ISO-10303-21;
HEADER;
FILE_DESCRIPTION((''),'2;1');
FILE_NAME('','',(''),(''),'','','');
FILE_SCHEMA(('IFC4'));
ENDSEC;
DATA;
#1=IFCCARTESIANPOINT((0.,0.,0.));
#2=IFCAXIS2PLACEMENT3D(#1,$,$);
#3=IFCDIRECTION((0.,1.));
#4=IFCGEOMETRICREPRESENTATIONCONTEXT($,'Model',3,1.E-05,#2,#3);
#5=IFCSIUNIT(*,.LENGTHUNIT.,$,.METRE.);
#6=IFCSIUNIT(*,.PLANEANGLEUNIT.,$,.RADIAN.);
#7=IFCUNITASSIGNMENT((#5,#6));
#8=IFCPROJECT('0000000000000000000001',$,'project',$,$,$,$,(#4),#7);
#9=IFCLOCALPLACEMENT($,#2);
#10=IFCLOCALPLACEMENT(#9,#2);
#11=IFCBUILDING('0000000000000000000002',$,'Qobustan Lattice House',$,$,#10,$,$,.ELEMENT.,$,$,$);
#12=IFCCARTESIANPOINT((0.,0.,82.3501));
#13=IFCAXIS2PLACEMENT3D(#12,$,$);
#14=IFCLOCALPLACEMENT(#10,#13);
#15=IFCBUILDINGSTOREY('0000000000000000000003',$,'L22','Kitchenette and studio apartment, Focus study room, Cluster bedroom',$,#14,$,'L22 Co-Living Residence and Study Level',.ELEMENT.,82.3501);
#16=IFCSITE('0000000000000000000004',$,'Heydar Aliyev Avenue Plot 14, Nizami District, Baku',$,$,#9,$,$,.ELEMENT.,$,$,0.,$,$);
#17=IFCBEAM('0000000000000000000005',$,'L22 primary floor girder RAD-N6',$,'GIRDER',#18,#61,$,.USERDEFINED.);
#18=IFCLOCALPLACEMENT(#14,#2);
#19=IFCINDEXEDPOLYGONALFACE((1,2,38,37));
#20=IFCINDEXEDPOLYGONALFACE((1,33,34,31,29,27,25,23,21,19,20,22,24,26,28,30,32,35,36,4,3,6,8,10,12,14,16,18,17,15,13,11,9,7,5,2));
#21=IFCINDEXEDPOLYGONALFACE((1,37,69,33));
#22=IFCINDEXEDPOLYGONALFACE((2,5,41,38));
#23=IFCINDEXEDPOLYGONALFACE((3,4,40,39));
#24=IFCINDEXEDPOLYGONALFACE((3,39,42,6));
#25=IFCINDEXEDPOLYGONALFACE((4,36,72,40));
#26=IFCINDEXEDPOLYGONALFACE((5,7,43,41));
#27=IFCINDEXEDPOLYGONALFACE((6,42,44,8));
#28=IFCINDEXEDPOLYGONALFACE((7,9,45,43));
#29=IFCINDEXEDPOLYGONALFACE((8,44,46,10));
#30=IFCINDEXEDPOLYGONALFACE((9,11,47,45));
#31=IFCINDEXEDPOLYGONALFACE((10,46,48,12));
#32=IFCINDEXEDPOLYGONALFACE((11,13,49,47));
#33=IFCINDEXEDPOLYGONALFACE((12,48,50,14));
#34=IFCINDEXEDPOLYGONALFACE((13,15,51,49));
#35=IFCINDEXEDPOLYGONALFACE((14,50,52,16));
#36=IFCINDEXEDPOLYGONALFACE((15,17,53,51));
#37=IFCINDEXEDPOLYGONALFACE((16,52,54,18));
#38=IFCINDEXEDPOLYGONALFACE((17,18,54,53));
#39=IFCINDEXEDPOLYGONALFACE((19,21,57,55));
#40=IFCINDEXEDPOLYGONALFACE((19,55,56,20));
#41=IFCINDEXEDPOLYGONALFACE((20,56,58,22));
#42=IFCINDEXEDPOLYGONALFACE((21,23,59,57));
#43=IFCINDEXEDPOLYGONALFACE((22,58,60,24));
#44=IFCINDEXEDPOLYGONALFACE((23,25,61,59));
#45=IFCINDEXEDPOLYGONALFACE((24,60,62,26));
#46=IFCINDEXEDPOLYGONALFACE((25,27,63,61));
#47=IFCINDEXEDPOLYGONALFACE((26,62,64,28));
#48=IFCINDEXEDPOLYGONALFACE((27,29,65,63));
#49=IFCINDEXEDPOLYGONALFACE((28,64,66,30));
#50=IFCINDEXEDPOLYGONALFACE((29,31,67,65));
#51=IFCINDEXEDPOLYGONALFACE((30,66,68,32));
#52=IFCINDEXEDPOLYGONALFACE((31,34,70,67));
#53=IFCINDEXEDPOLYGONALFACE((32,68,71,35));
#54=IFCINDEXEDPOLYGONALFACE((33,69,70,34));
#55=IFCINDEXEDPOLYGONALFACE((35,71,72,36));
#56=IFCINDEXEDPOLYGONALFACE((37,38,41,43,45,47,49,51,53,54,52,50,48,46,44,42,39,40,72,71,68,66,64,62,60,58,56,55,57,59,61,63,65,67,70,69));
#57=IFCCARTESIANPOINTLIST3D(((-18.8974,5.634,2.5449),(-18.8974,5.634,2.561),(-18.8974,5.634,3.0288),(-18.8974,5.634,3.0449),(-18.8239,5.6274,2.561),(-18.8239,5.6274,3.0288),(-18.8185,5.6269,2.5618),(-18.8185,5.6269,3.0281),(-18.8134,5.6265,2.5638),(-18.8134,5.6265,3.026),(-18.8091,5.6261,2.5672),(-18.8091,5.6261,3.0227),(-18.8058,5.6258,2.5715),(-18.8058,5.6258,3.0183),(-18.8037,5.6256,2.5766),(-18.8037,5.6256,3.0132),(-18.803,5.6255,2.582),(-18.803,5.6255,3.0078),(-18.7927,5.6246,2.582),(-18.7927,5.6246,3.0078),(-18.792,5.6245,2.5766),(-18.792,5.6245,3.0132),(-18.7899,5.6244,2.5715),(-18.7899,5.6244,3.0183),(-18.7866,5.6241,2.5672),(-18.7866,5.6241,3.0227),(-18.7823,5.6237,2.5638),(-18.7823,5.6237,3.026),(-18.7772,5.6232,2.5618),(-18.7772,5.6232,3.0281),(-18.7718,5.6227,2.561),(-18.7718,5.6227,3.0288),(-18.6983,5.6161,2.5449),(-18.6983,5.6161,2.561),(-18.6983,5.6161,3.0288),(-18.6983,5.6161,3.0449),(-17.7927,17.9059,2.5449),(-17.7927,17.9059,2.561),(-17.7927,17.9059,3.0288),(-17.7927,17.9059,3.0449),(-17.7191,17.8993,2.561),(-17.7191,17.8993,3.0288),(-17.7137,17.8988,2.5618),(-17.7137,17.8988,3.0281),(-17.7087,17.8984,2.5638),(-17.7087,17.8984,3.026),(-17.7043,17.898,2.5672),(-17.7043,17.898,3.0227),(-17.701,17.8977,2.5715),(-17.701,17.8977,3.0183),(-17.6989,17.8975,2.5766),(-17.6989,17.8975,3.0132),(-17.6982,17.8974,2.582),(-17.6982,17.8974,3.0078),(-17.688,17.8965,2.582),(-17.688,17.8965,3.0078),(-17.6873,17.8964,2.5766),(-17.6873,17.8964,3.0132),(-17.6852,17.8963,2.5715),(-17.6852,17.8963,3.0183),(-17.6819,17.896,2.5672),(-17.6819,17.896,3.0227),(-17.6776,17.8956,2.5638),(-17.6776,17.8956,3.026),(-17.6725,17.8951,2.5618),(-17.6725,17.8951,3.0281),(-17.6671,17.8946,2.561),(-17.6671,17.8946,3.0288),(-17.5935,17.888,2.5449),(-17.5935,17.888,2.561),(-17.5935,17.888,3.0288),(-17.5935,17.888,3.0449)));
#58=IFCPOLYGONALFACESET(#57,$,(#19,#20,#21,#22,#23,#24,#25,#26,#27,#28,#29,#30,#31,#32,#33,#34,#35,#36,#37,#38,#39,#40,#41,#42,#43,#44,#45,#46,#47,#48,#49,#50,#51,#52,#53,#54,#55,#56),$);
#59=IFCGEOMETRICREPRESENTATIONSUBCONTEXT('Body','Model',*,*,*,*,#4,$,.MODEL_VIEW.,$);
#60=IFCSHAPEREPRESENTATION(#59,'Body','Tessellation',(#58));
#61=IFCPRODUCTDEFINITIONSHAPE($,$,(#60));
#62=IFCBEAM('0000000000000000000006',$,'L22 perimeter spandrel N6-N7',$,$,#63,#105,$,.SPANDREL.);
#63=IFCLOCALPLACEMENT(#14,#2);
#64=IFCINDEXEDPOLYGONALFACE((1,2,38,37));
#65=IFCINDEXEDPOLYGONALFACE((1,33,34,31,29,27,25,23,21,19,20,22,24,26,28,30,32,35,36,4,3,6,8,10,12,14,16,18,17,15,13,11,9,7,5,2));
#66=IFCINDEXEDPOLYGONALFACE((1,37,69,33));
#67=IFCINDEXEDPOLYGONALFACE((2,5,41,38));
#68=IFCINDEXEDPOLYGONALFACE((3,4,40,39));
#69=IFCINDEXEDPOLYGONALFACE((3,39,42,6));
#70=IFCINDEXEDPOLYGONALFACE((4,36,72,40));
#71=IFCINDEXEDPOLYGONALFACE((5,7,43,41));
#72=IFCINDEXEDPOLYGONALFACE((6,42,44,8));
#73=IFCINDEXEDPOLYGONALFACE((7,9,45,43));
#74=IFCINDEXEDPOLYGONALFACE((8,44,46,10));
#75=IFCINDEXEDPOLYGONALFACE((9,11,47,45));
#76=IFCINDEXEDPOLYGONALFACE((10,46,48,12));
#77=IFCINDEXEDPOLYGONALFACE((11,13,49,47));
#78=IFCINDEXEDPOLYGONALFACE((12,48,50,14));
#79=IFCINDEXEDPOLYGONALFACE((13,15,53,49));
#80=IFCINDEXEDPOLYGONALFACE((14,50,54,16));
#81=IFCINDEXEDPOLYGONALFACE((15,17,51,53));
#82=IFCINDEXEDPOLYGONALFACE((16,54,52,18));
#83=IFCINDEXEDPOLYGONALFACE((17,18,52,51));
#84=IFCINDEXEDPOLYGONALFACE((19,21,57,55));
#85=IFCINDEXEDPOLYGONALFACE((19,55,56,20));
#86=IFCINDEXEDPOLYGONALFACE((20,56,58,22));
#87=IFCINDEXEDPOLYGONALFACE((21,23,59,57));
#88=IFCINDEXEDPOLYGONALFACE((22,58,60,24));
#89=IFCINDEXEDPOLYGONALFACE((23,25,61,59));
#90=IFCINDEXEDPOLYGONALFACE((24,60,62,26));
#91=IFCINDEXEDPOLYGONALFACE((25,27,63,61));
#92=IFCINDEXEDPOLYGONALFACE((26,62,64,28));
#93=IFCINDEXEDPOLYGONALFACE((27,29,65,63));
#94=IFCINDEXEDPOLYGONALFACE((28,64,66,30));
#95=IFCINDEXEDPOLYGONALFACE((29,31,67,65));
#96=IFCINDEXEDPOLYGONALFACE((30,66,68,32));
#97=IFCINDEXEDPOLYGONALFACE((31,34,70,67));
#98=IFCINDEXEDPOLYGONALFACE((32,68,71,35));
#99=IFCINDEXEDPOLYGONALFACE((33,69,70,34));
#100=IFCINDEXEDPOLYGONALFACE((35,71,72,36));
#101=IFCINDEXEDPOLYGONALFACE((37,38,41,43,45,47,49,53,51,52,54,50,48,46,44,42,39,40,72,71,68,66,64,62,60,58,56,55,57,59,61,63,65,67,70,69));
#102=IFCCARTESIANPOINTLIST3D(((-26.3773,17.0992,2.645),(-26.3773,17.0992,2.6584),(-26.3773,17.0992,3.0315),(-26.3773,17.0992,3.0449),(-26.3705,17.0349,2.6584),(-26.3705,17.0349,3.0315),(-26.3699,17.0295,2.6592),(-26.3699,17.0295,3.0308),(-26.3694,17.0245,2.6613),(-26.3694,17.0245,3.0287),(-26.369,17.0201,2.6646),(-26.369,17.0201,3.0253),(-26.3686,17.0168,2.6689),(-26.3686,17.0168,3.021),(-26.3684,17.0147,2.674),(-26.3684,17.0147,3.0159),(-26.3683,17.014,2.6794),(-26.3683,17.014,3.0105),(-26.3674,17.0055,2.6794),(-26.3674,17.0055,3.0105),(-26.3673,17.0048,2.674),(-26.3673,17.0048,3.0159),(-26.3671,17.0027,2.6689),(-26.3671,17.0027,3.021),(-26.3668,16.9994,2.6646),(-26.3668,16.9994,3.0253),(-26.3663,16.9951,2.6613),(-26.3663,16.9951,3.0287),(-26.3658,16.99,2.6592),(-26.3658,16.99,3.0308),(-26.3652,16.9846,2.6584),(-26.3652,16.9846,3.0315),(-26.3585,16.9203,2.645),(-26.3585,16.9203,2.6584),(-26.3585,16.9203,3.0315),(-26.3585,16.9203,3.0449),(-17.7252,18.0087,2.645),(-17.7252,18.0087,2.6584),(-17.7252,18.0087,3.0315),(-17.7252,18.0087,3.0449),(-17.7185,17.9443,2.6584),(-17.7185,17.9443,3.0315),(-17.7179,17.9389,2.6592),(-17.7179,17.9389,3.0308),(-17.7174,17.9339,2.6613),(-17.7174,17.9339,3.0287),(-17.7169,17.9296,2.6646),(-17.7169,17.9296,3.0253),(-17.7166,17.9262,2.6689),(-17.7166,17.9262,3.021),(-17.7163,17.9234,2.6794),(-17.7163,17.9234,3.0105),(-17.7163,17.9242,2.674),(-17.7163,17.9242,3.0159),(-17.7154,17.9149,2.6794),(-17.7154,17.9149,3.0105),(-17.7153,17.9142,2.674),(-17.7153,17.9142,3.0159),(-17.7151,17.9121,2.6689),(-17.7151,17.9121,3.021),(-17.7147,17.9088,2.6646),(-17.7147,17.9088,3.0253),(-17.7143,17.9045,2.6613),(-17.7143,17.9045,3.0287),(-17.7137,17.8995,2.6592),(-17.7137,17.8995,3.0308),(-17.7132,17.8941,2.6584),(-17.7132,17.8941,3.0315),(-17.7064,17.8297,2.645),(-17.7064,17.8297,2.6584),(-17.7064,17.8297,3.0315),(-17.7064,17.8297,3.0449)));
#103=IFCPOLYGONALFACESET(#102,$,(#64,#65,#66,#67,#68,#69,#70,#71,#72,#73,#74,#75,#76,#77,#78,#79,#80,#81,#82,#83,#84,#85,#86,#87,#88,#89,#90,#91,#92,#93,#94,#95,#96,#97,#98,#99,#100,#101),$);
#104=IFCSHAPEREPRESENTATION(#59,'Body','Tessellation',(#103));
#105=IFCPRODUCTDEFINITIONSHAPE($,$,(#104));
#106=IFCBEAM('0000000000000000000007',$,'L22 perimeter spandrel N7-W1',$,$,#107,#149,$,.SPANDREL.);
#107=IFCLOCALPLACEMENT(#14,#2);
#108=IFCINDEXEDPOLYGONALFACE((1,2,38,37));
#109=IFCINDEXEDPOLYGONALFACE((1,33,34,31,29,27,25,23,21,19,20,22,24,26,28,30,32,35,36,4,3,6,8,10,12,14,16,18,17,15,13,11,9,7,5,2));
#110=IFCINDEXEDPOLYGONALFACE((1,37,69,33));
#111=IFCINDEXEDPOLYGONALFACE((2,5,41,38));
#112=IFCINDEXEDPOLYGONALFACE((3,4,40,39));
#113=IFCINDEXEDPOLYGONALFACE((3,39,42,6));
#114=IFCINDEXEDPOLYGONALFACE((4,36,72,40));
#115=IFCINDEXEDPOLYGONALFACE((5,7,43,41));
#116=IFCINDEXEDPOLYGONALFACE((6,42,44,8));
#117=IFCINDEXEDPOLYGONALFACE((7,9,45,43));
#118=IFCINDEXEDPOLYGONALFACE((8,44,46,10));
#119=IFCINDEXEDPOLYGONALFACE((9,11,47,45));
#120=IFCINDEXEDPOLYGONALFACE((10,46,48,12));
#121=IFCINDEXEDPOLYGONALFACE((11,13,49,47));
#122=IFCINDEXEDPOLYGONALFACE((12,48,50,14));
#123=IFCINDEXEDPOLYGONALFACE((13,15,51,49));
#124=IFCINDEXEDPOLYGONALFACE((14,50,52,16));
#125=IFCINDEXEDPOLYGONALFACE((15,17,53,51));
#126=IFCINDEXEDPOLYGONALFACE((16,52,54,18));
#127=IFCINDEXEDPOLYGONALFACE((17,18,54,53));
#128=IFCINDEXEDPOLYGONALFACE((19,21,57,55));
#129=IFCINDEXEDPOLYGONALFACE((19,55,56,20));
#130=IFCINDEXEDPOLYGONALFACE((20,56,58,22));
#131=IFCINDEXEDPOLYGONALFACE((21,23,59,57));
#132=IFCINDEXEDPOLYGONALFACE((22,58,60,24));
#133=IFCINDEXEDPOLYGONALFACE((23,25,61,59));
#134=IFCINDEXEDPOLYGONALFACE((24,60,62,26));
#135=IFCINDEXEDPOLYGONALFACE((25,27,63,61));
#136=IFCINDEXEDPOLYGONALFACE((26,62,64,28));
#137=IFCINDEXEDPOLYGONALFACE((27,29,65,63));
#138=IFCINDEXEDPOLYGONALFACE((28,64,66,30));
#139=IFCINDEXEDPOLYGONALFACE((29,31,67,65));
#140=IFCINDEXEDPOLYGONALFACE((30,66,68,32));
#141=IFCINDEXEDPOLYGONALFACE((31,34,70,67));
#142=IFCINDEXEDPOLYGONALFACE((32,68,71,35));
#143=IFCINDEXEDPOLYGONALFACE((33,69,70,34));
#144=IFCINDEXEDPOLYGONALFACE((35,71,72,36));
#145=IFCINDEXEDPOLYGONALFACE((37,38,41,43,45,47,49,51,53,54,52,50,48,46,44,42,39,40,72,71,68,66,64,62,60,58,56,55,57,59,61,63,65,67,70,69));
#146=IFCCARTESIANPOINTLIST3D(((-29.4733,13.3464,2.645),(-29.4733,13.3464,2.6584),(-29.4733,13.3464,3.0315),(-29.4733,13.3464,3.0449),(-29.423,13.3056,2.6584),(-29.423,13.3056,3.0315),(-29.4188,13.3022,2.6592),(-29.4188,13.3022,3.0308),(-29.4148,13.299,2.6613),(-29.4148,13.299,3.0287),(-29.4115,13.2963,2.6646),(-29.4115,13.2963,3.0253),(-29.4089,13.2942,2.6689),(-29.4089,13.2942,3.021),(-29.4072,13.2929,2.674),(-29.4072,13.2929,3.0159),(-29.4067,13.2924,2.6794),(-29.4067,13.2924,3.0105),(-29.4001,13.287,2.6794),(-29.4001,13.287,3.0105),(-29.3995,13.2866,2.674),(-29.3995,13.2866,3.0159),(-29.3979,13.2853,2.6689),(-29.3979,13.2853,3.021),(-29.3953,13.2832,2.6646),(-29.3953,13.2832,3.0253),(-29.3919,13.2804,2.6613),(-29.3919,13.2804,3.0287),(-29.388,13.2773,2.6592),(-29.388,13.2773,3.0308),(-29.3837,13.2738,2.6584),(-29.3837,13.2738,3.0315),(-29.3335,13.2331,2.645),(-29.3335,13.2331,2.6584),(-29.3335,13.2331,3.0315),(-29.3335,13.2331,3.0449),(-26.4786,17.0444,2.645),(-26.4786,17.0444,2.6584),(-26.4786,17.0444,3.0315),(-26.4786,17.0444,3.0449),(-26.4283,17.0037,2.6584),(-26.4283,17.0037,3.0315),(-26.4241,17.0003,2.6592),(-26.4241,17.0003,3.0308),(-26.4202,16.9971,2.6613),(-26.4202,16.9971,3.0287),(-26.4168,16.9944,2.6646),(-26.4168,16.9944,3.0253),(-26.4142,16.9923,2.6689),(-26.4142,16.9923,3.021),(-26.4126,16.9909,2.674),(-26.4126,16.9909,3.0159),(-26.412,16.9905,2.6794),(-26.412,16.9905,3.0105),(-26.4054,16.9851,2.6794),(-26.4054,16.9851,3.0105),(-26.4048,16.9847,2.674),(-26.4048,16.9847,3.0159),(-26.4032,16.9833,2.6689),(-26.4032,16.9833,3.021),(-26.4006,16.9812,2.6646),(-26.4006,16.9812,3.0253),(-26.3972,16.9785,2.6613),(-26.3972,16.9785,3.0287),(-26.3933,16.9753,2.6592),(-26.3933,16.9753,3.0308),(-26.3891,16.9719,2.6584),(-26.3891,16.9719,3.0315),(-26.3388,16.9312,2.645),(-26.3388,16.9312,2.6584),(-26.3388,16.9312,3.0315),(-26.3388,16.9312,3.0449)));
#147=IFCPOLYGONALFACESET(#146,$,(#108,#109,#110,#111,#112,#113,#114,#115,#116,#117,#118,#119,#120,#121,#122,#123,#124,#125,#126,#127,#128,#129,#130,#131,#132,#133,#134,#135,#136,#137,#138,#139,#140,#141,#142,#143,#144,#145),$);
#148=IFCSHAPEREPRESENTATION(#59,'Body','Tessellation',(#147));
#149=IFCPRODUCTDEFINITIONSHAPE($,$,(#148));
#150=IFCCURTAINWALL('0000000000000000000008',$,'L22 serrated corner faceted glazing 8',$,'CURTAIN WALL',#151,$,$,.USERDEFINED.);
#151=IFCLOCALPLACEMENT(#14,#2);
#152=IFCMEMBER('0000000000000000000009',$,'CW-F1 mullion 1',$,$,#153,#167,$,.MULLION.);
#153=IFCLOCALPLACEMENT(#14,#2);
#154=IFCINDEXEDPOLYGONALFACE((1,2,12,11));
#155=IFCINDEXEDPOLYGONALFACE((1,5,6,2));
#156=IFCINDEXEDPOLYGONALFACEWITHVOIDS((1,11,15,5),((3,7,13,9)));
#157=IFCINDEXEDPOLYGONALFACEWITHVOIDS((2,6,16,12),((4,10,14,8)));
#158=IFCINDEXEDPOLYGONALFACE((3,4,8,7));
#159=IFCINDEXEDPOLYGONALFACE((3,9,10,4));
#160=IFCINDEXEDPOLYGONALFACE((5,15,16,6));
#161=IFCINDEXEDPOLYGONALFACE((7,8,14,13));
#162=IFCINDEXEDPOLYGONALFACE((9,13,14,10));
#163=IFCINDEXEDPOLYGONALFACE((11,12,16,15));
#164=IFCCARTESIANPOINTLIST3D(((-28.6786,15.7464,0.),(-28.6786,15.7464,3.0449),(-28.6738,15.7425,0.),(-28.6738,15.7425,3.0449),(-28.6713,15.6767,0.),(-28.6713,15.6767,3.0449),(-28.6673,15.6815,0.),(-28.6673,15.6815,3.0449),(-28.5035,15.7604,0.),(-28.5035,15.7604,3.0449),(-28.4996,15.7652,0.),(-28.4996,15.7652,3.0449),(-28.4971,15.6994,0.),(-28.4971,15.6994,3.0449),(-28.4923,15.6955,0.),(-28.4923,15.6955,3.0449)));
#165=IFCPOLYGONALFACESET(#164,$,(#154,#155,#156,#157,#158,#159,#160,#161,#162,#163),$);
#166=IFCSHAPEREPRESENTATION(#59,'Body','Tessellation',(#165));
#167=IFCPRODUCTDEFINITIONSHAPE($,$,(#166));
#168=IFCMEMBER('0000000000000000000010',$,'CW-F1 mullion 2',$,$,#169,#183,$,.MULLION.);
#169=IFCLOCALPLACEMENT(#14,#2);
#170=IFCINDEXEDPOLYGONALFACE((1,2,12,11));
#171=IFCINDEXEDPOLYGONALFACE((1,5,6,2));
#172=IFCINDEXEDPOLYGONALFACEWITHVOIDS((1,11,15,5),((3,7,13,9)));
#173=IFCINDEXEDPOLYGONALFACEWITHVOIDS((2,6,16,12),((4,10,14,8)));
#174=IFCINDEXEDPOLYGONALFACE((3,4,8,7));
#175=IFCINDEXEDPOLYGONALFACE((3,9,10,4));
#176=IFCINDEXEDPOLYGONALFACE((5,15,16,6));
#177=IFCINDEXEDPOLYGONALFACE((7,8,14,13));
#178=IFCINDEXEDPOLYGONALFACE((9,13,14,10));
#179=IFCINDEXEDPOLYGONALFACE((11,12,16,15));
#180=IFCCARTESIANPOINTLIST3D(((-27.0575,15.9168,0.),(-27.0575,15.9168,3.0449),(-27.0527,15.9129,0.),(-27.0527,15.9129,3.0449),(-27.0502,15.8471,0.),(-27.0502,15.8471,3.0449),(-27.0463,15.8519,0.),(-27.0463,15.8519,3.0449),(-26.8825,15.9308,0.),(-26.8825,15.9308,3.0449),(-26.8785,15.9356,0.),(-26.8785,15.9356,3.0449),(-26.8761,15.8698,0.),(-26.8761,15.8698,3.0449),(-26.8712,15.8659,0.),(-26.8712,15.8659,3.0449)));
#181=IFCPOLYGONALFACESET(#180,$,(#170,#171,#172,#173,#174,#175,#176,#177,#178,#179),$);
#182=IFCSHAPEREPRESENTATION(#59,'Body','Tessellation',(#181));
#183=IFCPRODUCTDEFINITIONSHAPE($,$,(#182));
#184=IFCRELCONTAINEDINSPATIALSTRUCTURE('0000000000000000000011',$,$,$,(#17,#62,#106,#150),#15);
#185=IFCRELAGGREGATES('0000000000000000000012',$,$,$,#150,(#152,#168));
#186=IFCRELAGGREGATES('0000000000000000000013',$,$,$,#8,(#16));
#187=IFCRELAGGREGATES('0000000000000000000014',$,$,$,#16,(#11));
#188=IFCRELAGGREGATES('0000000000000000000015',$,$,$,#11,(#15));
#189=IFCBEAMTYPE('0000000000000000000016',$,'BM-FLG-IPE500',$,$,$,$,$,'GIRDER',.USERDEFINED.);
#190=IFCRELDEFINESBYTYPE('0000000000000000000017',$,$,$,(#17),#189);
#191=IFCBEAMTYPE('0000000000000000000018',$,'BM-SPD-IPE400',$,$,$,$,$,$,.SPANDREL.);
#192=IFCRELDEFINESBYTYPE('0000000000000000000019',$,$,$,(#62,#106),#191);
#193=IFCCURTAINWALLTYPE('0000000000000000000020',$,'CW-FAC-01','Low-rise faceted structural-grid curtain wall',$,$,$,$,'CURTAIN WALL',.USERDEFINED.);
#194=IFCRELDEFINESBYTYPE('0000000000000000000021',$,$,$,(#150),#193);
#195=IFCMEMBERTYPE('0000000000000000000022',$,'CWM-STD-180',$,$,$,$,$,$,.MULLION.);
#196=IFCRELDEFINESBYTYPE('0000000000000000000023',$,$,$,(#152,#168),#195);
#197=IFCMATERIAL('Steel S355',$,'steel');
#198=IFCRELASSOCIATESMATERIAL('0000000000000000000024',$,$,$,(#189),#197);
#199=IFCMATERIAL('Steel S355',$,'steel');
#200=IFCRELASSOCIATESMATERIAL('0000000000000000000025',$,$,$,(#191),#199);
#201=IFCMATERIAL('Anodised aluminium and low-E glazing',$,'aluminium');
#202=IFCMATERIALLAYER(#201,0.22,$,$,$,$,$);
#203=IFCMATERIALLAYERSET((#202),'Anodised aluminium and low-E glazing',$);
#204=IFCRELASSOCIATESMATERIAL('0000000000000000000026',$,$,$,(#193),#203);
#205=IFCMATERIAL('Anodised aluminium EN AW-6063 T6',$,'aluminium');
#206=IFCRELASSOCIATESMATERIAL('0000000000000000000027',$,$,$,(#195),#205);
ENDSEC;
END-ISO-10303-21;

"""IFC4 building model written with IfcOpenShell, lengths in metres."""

from ifc_helpers import new_model, si_unit, direction, frame, origin, origin_2d, place, context, subcontext, project, spatial, hollow_rectangle, i_section, extrude, material, layer, layer_set, material_profile, profile_set, type_object, element, aggregate, save


model = new_model("IFC4")

# Units and contexts
model_context = context("Model", 3, precision=1e-05, world=origin(), true_north=direction((0.0, 1.0)))
body_context = subcontext(model_context, "Body", "Model", "MODEL_VIEW")
ifc_project = project(units=[si_unit("LENGTHUNIT", "METRE"), si_unit("PLANEANGLEUNIT", "RADIAN")], contexts=[model_context])

# Site, building, storey
site_placement = place(None, origin())
site = spatial("IfcSite", under=ifc_project, at=site_placement, Name="Heydar Aliyev Avenue Plot 14, Nizami District, Baku", CompositionType="ELEMENT", RefElevation=0.0)
building_placement = place(site_placement, origin())
building = spatial("IfcBuilding", under=site, at=building_placement, Name="Qobustan Lattice House", CompositionType="ELEMENT")
storey_placement = place(building_placement, frame((0.0, 0.0, 82.3501)))
storey = spatial("IfcBuildingStorey", under=building, at=storey_placement, Name="L22", Description="Kitchenette and studio apartment, Focus study room, Cluster bedroom", LongName="L22 Co-Living Residence and Study Level", CompositionType="ELEMENT", Elevation=82.3501)

# Beams
ifc_material_1 = material(Name="Steel S355", Category="steel")
ifc_material_profile_1 = material_profile(ifc_material_1, i_section(OverallWidth=0.2, OverallDepth=0.5, WebThickness=0.0103, FlangeThickness=0.0161, FilletRadius=0.021, at=origin_2d()), Name="IPE500")
ifc_profile_set_1 = profile_set([ifc_material_profile_1], Name="Steel S355")
beam_type_1 = type_object("IfcBeamType", Name="BM-FLG-IPE500", ElementType="GIRDER", PredefinedType="USERDEFINED", material=ifc_profile_set_1)
beam_1_placement = place(storey_placement, frame((-17.6931, 17.897, 2.7949), z_axis=(-0.089659, -0.995973, 0.0), x_axis=(0.995973, -0.089659, 0.0)))
element("IfcBeam", 1, at=beam_1_placement, inside=storey, type_object=beam_type_1, Name="L22 primary floor girder RAD-N6", ObjectType="GIRDER", PredefinedType="USERDEFINED", context=body_context, shape_type="SweptSolid", body=[
    extrude(i_section(OverallWidth=0.2, OverallDepth=0.5, WebThickness=0.0103, FlangeThickness=0.0161, FilletRadius=0.021, at=origin_2d()), origin(), (0.0, 0.0, 1.0), 12.3215),
])
ifc_material_2 = material(Name="Steel S355", Category="steel")
ifc_material_profile_2 = material_profile(ifc_material_2, i_section(OverallWidth=0.1799, OverallDepth=0.3999, WebThickness=0.0085, FlangeThickness=0.0134, FilletRadius=0.021, at=origin_2d()), Name="IPE400")
ifc_profile_set_2 = profile_set([ifc_material_profile_2], Name="Steel S355")
beam_type_2 = type_object("IfcBeamType", Name="BM-SPD-IPE400", PredefinedType="SPANDREL", material=ifc_profile_set_2)
beam_2_placement = place(storey_placement, frame((-17.7158, 17.9192, 2.845), z_axis=(-0.994521, -0.104534, 0.0), x_axis=(0.104534, -0.994521, 0.0)))
element("IfcBeam", 2, at=beam_2_placement, inside=storey, type_object=beam_type_2, Name="L22 perimeter spandrel N6-N7", PredefinedType="SPANDREL", context=body_context, shape_type="SweptSolid", body=[
    extrude(i_section(OverallWidth=0.1799, OverallDepth=0.3999, WebThickness=0.0085, FlangeThickness=0.0134, FilletRadius=0.021, at=origin_2d()), origin(), (0.0, 0.0, 1.0), 8.6997),
])
beam_3_placement = place(storey_placement, frame((-26.4087, 16.9878, 2.845), z_axis=(-0.629327, -0.777141, 0.0), x_axis=(0.777141, -0.629327, 0.0)))
element("IfcBeam", 3, at=beam_3_placement, inside=storey, type_object=beam_type_2, Name="L22 perimeter spandrel N7-W1", PredefinedType="SPANDREL", context=body_context, shape_type="SweptSolid", body=[
    extrude(i_section(OverallWidth=0.1799, OverallDepth=0.3999, WebThickness=0.0085, FlangeThickness=0.0134, FilletRadius=0.021, at=origin_2d()), origin(), (0.0, 0.0, 1.0), 4.7585),
])

# Curtain wall, members
ifc_material_3 = material(Name="Anodised aluminium and low-E glazing", Category="aluminium")
ifc_layer_1 = layer(ifc_material_3, 0.22)
ifc_layer_set_1 = layer_set([ifc_layer_1], Name="Anodised aluminium and low-E glazing")
curtain_wall_type = type_object("IfcCurtainWallType", Name="CW-FAC-01", Description="Low-rise faceted structural-grid curtain wall", ElementType="CURTAIN WALL", PredefinedType="USERDEFINED", material=ifc_layer_set_1)
curtain_wall_placement = place(storey_placement, origin())
curtain_wall = element("IfcCurtainWall", 4, at=curtain_wall_placement, inside=storey, type_object=curtain_wall_type, Name="L22 serrated corner faceted glazing 8", ObjectType="CURTAIN WALL", PredefinedType="USERDEFINED")
ifc_material_4 = material(Name="Anodised aluminium EN AW-6063 T6", Category="aluminium")
ifc_material_profile_3 = material_profile(ifc_material_4, hollow_rectangle(XDim=0.0701, YDim=0.1799, WallThickness=0.0044, at=origin_2d()), Name="CWM-180x70")
ifc_profile_set_3 = profile_set([ifc_material_profile_3], Name="Anodised aluminium EN AW-6063 T6")
member_type_1 = type_object("IfcMemberType", Name="CWM-STD-180", PredefinedType="MULLION", material=ifc_profile_set_3)
member_1_placement = place(storey_placement, frame((-28.5854, 15.7209, 0.0), z_axis=(0.0, 0.0, 1.0), x_axis=(-0.104529, 0.994522, 0.0)))
member_1 = element("IfcMember", 5, at=member_1_placement, type_object=member_type_1, Name="CW-F1 mullion 1", PredefinedType="MULLION", context=body_context, shape_type="SweptSolid", body=[
    extrude(hollow_rectangle(XDim=0.0701, YDim=0.1799, WallThickness=0.0044, at=origin_2d()), origin(), (0.0, 0.0, 1.0), 3.0449),
])
member_2_placement = place(storey_placement, frame((-26.9644, 15.8914, 0.0), z_axis=(0.0, 0.0, 1.0), x_axis=(-0.104529, 0.994522, 0.0)))
member_2 = element("IfcMember", 6, at=member_2_placement, type_object=member_type_1, Name="CW-F1 mullion 2", PredefinedType="MULLION", context=body_context, shape_type="SweptSolid", body=[
    extrude(hollow_rectangle(XDim=0.0701, YDim=0.1799, WallThickness=0.0044, at=origin_2d()), origin(), (0.0, 0.0, 1.0), 3.0449),
])
aggregate(curtain_wall, [member_1, member_2])

save(model, "model.ifc")
